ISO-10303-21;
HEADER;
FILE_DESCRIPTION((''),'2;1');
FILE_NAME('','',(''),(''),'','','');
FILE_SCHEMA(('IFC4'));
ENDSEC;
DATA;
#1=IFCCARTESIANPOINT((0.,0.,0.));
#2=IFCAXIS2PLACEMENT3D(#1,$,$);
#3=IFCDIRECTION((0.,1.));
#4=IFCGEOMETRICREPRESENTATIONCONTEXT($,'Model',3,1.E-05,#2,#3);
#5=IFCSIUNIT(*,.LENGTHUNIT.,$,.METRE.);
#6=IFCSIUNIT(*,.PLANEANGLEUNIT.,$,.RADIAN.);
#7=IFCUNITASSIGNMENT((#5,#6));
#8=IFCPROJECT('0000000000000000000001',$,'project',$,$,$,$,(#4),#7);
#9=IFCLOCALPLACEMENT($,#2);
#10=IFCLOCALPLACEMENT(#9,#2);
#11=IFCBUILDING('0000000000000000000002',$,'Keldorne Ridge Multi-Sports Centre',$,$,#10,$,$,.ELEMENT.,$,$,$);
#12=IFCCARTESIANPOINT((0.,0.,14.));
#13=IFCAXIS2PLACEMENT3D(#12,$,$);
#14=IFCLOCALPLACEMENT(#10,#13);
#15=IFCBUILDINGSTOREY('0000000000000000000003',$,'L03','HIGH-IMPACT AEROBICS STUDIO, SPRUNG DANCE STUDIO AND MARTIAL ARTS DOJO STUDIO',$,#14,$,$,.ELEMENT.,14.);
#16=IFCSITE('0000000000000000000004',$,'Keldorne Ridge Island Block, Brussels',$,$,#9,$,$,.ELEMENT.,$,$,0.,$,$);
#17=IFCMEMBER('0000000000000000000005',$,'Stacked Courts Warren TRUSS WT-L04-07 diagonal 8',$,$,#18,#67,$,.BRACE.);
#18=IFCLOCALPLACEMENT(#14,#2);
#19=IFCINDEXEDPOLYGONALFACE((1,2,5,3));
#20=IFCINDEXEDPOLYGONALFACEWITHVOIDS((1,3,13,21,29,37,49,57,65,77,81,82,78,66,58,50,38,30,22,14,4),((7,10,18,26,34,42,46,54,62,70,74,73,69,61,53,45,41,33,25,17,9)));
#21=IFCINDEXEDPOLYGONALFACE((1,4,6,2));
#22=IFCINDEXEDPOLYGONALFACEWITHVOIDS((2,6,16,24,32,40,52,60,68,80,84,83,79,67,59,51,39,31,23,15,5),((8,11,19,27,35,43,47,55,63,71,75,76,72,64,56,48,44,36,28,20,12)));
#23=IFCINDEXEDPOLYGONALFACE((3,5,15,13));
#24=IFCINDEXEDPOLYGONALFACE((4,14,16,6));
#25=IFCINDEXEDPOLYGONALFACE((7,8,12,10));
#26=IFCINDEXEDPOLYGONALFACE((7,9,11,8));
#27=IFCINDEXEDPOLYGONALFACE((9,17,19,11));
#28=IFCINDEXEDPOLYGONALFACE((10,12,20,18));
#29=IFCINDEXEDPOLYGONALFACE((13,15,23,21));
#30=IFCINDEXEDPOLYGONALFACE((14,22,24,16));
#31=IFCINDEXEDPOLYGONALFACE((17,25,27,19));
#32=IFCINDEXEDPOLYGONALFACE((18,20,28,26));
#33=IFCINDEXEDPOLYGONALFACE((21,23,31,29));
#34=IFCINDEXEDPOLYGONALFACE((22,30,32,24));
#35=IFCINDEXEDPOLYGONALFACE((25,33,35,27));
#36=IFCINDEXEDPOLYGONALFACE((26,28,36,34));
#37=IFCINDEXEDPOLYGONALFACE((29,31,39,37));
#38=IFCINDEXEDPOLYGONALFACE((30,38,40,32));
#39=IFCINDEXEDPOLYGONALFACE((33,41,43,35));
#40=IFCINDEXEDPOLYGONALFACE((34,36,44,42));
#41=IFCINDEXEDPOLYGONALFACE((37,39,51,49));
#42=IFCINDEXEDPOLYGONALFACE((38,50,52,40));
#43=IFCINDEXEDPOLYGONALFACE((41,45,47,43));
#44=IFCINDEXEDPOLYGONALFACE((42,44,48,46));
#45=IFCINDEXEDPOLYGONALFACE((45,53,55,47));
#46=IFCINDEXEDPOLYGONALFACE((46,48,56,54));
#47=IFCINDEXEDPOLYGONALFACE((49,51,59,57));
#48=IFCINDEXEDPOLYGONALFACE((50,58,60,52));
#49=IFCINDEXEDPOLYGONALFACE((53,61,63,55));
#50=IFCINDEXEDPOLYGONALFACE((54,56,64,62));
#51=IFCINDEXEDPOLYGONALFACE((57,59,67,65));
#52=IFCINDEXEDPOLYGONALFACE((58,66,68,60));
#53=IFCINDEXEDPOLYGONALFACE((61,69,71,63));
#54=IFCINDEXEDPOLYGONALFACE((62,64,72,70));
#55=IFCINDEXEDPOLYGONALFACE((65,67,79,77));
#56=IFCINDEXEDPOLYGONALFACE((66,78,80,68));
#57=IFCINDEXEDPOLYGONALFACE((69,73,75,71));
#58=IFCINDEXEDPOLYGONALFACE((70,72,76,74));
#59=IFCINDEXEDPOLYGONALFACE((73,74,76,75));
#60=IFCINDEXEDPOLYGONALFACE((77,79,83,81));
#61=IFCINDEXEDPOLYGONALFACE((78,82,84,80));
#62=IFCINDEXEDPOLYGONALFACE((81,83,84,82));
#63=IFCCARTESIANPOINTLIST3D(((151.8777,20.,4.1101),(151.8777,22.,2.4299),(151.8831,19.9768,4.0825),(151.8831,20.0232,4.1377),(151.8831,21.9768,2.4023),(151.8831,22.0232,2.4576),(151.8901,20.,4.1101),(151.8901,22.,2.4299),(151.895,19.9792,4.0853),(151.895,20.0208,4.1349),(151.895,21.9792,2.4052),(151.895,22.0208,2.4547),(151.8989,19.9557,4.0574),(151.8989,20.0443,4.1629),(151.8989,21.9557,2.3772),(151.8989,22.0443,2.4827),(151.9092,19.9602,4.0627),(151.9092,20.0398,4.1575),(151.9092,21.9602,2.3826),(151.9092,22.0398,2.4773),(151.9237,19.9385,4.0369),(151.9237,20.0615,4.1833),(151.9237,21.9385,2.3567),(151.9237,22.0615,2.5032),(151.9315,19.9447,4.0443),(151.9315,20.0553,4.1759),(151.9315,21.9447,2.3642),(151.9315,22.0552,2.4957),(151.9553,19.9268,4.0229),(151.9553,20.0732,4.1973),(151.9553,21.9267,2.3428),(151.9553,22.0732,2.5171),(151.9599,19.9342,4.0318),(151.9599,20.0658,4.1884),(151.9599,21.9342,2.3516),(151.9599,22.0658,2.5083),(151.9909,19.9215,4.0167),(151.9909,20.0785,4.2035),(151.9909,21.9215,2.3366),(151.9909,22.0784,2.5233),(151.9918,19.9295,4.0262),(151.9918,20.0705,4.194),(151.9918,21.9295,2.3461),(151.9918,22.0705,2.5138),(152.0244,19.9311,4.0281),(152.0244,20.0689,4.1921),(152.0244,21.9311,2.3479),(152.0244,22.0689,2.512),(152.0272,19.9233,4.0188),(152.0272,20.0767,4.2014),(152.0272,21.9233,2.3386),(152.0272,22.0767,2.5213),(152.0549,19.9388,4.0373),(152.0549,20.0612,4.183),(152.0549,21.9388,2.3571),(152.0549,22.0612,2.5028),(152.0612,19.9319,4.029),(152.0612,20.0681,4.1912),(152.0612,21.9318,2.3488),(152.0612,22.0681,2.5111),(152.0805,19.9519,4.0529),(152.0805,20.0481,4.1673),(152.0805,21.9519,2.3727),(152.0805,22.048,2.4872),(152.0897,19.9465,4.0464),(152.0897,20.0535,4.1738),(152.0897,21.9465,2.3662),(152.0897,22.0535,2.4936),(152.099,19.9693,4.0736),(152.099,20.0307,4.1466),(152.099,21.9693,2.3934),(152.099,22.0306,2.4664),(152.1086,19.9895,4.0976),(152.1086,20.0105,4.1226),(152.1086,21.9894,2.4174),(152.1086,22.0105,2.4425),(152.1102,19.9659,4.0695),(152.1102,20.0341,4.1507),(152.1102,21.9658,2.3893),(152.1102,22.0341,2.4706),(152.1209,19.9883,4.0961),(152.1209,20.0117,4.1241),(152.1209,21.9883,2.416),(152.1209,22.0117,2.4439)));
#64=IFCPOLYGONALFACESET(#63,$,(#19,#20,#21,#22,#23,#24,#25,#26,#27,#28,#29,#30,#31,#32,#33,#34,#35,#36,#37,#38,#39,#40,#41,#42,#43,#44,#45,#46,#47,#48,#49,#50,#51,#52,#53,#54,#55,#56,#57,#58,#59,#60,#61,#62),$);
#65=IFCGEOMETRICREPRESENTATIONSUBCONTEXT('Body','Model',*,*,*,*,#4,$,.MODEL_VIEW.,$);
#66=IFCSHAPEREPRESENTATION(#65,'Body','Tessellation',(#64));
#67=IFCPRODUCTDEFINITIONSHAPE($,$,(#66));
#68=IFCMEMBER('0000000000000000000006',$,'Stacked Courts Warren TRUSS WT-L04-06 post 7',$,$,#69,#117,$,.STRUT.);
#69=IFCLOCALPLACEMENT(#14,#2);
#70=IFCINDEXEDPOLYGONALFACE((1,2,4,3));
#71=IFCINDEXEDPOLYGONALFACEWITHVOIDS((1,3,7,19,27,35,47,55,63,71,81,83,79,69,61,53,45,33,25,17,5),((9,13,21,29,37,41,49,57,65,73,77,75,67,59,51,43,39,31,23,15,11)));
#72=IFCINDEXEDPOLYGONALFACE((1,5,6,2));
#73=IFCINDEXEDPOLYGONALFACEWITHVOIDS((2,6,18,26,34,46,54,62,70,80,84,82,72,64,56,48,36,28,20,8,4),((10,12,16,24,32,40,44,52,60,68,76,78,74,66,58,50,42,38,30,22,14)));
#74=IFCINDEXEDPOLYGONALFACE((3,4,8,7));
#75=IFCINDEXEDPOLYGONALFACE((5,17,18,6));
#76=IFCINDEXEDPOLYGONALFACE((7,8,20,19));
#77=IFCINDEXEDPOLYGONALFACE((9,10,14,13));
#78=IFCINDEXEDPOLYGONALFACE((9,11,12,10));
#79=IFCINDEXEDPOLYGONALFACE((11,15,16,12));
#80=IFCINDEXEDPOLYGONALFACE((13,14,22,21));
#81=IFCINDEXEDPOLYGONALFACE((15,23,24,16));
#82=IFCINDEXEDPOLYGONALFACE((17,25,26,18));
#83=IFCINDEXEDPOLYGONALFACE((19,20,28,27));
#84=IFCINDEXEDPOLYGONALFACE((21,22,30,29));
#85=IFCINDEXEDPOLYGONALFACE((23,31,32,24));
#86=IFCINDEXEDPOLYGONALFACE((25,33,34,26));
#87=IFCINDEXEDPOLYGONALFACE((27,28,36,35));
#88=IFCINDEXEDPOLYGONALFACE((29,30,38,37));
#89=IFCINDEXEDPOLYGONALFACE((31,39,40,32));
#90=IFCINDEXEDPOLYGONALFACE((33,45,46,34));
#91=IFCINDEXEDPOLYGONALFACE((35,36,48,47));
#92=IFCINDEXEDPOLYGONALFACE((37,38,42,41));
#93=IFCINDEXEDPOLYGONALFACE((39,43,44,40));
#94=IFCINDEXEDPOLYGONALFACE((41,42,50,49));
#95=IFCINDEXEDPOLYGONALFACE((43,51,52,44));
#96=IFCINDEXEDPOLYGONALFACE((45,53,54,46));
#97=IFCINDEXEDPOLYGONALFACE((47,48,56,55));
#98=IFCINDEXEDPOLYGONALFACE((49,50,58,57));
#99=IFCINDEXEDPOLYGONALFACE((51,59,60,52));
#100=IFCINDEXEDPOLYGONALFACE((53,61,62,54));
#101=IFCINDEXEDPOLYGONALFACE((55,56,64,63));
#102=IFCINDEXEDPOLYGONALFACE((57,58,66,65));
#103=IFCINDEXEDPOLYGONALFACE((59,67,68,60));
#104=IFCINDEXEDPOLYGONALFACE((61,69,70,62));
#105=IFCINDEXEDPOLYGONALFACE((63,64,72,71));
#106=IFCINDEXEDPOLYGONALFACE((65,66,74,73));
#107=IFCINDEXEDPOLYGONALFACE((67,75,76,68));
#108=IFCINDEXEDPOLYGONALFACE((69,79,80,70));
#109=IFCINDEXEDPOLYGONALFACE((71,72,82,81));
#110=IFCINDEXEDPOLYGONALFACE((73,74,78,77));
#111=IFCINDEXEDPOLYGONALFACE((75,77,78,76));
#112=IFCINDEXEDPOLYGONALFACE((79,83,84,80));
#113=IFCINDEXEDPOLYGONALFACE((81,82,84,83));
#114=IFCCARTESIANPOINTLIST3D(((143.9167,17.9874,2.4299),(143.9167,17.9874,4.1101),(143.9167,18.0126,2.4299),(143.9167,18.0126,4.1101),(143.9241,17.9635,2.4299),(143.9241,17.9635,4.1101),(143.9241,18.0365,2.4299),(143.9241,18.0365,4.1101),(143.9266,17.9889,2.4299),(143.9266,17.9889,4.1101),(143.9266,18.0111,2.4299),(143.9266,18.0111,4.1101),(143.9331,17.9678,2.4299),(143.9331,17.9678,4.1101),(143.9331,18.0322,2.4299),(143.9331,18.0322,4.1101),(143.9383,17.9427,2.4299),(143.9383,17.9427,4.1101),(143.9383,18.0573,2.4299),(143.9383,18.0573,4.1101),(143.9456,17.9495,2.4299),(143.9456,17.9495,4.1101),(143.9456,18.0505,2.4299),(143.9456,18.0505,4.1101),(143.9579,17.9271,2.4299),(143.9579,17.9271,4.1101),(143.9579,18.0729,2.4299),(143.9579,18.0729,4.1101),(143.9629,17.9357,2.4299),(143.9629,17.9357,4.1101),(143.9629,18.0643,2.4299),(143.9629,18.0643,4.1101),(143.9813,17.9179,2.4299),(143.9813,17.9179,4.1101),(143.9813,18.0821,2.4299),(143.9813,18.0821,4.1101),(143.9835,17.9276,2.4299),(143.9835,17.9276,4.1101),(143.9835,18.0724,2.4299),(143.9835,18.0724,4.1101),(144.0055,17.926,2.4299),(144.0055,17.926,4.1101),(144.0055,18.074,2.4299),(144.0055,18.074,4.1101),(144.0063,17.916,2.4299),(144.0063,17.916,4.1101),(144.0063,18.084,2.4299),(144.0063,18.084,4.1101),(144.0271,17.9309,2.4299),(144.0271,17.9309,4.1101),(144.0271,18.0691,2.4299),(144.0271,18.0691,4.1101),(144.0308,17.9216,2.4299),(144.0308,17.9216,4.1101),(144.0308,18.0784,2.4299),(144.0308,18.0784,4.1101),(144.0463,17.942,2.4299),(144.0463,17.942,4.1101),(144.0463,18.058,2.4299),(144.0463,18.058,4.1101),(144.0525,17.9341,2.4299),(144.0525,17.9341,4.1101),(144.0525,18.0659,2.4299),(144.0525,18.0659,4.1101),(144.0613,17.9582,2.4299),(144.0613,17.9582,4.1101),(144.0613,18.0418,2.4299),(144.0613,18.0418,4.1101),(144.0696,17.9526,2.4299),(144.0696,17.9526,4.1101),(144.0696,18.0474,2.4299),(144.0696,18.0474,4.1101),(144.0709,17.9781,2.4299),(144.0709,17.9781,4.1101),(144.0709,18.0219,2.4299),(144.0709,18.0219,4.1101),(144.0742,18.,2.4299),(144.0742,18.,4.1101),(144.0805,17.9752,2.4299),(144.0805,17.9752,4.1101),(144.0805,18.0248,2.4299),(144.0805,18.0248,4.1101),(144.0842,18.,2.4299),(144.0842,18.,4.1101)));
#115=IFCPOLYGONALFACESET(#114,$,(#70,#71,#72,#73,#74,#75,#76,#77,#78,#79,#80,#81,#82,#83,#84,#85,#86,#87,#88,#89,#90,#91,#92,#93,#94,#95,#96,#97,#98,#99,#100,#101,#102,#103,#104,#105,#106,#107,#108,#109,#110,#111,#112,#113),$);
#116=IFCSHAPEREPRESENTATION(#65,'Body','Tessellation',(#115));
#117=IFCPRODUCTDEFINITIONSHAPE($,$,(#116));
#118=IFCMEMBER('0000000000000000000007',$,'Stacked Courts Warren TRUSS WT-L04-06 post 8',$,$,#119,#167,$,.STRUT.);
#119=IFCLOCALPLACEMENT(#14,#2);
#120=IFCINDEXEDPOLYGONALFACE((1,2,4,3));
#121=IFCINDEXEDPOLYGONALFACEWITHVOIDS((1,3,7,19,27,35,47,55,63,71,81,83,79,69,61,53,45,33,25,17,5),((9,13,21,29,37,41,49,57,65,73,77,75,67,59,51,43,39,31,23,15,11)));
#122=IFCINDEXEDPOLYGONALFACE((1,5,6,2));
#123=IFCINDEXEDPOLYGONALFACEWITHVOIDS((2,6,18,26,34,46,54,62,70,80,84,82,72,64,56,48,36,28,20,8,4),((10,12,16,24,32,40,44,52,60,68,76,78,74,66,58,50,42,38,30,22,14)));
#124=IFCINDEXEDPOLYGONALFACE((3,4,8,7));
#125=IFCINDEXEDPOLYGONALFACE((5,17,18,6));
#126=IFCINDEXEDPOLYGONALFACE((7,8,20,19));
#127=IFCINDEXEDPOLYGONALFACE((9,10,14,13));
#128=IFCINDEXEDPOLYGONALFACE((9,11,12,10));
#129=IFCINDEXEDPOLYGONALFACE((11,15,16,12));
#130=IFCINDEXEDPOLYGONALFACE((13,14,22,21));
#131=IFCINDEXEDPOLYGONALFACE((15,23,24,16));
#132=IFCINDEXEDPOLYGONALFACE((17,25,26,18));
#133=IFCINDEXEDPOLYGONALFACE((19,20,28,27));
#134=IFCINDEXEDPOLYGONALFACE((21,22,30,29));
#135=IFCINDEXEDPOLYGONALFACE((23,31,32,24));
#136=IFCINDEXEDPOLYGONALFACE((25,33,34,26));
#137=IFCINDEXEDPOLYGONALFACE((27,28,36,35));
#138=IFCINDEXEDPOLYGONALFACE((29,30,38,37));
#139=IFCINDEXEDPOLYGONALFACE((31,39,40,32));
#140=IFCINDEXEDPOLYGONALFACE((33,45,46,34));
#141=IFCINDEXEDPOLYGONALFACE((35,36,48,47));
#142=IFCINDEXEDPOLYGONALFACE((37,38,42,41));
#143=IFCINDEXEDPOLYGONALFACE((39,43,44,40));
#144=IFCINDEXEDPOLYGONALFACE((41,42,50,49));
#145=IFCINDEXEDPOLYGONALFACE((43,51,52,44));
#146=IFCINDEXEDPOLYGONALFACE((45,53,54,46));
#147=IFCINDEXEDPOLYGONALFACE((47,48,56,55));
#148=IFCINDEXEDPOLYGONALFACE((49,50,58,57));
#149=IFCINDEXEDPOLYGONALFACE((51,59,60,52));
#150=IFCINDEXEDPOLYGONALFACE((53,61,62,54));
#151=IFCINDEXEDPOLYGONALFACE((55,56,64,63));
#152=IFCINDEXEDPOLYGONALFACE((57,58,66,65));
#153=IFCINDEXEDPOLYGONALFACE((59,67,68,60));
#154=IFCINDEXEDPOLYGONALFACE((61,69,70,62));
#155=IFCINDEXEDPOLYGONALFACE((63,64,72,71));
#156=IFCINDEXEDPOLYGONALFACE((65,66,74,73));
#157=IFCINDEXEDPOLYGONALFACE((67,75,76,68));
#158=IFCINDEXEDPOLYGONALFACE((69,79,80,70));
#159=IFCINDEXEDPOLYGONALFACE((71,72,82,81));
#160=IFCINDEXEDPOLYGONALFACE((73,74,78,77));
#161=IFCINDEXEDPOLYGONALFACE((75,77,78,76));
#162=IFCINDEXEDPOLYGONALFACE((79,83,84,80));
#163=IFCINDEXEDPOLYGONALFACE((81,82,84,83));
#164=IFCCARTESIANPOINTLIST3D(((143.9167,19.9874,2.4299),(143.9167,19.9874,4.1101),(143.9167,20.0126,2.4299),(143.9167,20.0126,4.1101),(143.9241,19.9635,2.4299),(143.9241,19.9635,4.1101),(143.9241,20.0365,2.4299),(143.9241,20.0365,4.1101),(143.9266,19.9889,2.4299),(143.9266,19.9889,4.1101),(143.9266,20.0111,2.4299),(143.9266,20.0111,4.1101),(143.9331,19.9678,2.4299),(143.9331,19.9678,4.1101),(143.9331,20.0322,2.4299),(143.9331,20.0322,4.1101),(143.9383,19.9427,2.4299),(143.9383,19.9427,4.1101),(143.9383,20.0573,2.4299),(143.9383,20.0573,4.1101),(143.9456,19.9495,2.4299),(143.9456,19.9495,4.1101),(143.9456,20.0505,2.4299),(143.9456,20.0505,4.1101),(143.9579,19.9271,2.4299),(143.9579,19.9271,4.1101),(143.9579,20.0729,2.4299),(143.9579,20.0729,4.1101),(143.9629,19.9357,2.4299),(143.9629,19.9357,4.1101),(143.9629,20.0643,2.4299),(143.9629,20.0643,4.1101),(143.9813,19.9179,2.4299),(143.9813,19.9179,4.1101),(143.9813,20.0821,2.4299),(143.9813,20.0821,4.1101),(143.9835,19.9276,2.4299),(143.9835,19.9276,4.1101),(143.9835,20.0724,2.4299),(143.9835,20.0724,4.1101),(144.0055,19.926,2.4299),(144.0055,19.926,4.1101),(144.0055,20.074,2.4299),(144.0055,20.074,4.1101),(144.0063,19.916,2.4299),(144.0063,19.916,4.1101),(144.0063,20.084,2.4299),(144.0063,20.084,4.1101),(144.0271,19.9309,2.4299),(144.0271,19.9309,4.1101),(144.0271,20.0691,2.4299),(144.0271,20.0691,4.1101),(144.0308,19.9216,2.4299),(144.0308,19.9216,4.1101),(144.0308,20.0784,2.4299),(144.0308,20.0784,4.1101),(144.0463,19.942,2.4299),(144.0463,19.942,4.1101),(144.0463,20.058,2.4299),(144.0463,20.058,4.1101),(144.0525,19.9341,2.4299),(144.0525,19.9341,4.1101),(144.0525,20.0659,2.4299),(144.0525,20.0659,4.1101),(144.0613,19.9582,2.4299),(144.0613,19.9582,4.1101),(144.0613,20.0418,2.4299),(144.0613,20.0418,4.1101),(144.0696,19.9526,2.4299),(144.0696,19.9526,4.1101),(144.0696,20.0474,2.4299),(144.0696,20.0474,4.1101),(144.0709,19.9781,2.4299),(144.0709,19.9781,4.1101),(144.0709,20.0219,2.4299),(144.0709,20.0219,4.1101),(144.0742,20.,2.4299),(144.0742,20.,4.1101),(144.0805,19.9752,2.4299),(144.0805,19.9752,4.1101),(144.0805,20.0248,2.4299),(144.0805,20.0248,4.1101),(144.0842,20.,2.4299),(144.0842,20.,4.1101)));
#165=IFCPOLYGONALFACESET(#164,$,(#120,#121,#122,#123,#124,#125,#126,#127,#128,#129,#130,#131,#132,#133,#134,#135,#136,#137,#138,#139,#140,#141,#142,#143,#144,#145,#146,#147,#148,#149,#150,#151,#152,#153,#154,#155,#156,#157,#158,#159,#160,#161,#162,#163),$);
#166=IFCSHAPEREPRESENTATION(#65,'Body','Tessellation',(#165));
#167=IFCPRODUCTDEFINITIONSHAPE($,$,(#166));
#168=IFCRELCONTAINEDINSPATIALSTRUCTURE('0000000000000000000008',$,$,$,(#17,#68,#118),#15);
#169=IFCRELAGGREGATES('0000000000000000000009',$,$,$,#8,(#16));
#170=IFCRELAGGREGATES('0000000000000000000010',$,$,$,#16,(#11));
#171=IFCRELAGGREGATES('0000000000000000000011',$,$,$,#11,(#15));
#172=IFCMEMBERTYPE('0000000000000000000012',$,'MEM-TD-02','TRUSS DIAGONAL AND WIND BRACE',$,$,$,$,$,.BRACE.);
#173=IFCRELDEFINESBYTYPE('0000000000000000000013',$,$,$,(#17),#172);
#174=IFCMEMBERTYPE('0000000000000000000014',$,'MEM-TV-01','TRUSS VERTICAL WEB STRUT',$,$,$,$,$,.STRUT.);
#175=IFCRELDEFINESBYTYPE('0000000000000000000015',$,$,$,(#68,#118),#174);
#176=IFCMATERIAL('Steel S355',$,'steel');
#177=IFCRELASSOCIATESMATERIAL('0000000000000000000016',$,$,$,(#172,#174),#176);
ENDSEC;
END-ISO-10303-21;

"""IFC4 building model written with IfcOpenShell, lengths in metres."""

from ifc_helpers import new_model, si_unit, direction, frame, origin, origin_2d, place, context, subcontext, project, spatial, hollow_circle, extrude, material, material_profile, profile_set, type_object, element, save


model = new_model("IFC4")

# Units and contexts
model_context = context("Model", 3, precision=1e-05, world=origin(), true_north=direction((0.0, 1.0)))
body_context = subcontext(model_context, "Body", "Model", "MODEL_VIEW")
ifc_project = project(units=[si_unit("LENGTHUNIT", "METRE"), si_unit("PLANEANGLEUNIT", "RADIAN")], contexts=[model_context])

# Site, building, storey
site_placement = place(None, origin())
site = spatial("IfcSite", under=ifc_project, at=site_placement, Name="Keldorne Ridge Island Block, Brussels", CompositionType="ELEMENT", RefElevation=0.0)
building_placement = place(site_placement, origin())
building = spatial("IfcBuilding", under=site, at=building_placement, Name="Keldorne Ridge Multi-Sports Centre", CompositionType="ELEMENT")
storey_placement = place(building_placement, frame((0.0, 0.0, 14.0)))
storey = spatial("IfcBuildingStorey", under=building, at=storey_placement, Name="L03", Description="HIGH-IMPACT AEROBICS STUDIO, SPRUNG DANCE STUDIO AND MARTIAL ARTS DOJO STUDIO", CompositionType="ELEMENT", Elevation=14.0)

# Members
ifc_material = material(Name="Steel S355", Category="steel")
ifc_material_profile_1 = material_profile(ifc_material, hollow_circle(Radius=0.1223, WallThickness=0.0125, at=origin_2d()), Name="CHS 244.5x12.5")
ifc_profile_set_1 = profile_set([ifc_material_profile_1], Name="Steel S355")
member_type_1 = type_object("IfcMemberType", Name="MEM-TD-02", Description="TRUSS DIAGONAL AND WIND BRACE", PredefinedType="BRACE", material=ifc_profile_set_1)
for number, where, z_axis, x_axis, name in (
    (1, (152.0, 20.0, 4.1101), (0.0, 0.765672, -0.643232), (-1.0, 0.0, 0.0), "Stacked Courts Warren TRUSS WT-L04-07 diagonal 8"),
):
    element("IfcMember", number, at=place(storey_placement, frame(where, z_axis=z_axis, x_axis=x_axis)), inside=storey, type_object=member_type_1, Name=name, PredefinedType="BRACE", context=body_context, shape_type="SweptSolid", body=[
        extrude(hollow_circle(Radius=0.1223, WallThickness=0.0125, at=origin_2d()), origin(), (0.0, 0.0, 1.0), 2.6121),
    ])
ifc_material_profile_2 = material_profile(ifc_material, hollow_circle(Radius=0.0842, WallThickness=0.01, at=origin_2d()), Name="CHS 168.3x10")
ifc_profile_set_2 = profile_set([ifc_material_profile_2], Name="Steel S355")
member_type_2 = type_object("IfcMemberType", Name="MEM-TV-01", Description="TRUSS VERTICAL WEB STRUT", PredefinedType="STRUT", material=ifc_profile_set_2)
for number, where, z_axis, x_axis, name in (
    (2, (144.0, 18.0, 2.4299), (0.0, 0.0, 1.0), (1.0, 0.0, 0.0), "Stacked Courts Warren TRUSS WT-L04-06 post 7"),
    (3, (144.0, 20.0, 2.4299), (0.0, 0.0, 1.0), (1.0, 0.0, 0.0), "Stacked Courts Warren TRUSS WT-L04-06 post 8"),
):
    element("IfcMember", number, at=place(storey_placement, frame(where, z_axis=z_axis, x_axis=x_axis)), inside=storey, type_object=member_type_2, Name=name, PredefinedType="STRUT", context=body_context, shape_type="SweptSolid", body=[
        extrude(hollow_circle(Radius=0.0842, WallThickness=0.01, at=origin_2d()), origin(), (0.0, 0.0, 1.0), 1.6802),
    ])

save(model, "model.ifc")
